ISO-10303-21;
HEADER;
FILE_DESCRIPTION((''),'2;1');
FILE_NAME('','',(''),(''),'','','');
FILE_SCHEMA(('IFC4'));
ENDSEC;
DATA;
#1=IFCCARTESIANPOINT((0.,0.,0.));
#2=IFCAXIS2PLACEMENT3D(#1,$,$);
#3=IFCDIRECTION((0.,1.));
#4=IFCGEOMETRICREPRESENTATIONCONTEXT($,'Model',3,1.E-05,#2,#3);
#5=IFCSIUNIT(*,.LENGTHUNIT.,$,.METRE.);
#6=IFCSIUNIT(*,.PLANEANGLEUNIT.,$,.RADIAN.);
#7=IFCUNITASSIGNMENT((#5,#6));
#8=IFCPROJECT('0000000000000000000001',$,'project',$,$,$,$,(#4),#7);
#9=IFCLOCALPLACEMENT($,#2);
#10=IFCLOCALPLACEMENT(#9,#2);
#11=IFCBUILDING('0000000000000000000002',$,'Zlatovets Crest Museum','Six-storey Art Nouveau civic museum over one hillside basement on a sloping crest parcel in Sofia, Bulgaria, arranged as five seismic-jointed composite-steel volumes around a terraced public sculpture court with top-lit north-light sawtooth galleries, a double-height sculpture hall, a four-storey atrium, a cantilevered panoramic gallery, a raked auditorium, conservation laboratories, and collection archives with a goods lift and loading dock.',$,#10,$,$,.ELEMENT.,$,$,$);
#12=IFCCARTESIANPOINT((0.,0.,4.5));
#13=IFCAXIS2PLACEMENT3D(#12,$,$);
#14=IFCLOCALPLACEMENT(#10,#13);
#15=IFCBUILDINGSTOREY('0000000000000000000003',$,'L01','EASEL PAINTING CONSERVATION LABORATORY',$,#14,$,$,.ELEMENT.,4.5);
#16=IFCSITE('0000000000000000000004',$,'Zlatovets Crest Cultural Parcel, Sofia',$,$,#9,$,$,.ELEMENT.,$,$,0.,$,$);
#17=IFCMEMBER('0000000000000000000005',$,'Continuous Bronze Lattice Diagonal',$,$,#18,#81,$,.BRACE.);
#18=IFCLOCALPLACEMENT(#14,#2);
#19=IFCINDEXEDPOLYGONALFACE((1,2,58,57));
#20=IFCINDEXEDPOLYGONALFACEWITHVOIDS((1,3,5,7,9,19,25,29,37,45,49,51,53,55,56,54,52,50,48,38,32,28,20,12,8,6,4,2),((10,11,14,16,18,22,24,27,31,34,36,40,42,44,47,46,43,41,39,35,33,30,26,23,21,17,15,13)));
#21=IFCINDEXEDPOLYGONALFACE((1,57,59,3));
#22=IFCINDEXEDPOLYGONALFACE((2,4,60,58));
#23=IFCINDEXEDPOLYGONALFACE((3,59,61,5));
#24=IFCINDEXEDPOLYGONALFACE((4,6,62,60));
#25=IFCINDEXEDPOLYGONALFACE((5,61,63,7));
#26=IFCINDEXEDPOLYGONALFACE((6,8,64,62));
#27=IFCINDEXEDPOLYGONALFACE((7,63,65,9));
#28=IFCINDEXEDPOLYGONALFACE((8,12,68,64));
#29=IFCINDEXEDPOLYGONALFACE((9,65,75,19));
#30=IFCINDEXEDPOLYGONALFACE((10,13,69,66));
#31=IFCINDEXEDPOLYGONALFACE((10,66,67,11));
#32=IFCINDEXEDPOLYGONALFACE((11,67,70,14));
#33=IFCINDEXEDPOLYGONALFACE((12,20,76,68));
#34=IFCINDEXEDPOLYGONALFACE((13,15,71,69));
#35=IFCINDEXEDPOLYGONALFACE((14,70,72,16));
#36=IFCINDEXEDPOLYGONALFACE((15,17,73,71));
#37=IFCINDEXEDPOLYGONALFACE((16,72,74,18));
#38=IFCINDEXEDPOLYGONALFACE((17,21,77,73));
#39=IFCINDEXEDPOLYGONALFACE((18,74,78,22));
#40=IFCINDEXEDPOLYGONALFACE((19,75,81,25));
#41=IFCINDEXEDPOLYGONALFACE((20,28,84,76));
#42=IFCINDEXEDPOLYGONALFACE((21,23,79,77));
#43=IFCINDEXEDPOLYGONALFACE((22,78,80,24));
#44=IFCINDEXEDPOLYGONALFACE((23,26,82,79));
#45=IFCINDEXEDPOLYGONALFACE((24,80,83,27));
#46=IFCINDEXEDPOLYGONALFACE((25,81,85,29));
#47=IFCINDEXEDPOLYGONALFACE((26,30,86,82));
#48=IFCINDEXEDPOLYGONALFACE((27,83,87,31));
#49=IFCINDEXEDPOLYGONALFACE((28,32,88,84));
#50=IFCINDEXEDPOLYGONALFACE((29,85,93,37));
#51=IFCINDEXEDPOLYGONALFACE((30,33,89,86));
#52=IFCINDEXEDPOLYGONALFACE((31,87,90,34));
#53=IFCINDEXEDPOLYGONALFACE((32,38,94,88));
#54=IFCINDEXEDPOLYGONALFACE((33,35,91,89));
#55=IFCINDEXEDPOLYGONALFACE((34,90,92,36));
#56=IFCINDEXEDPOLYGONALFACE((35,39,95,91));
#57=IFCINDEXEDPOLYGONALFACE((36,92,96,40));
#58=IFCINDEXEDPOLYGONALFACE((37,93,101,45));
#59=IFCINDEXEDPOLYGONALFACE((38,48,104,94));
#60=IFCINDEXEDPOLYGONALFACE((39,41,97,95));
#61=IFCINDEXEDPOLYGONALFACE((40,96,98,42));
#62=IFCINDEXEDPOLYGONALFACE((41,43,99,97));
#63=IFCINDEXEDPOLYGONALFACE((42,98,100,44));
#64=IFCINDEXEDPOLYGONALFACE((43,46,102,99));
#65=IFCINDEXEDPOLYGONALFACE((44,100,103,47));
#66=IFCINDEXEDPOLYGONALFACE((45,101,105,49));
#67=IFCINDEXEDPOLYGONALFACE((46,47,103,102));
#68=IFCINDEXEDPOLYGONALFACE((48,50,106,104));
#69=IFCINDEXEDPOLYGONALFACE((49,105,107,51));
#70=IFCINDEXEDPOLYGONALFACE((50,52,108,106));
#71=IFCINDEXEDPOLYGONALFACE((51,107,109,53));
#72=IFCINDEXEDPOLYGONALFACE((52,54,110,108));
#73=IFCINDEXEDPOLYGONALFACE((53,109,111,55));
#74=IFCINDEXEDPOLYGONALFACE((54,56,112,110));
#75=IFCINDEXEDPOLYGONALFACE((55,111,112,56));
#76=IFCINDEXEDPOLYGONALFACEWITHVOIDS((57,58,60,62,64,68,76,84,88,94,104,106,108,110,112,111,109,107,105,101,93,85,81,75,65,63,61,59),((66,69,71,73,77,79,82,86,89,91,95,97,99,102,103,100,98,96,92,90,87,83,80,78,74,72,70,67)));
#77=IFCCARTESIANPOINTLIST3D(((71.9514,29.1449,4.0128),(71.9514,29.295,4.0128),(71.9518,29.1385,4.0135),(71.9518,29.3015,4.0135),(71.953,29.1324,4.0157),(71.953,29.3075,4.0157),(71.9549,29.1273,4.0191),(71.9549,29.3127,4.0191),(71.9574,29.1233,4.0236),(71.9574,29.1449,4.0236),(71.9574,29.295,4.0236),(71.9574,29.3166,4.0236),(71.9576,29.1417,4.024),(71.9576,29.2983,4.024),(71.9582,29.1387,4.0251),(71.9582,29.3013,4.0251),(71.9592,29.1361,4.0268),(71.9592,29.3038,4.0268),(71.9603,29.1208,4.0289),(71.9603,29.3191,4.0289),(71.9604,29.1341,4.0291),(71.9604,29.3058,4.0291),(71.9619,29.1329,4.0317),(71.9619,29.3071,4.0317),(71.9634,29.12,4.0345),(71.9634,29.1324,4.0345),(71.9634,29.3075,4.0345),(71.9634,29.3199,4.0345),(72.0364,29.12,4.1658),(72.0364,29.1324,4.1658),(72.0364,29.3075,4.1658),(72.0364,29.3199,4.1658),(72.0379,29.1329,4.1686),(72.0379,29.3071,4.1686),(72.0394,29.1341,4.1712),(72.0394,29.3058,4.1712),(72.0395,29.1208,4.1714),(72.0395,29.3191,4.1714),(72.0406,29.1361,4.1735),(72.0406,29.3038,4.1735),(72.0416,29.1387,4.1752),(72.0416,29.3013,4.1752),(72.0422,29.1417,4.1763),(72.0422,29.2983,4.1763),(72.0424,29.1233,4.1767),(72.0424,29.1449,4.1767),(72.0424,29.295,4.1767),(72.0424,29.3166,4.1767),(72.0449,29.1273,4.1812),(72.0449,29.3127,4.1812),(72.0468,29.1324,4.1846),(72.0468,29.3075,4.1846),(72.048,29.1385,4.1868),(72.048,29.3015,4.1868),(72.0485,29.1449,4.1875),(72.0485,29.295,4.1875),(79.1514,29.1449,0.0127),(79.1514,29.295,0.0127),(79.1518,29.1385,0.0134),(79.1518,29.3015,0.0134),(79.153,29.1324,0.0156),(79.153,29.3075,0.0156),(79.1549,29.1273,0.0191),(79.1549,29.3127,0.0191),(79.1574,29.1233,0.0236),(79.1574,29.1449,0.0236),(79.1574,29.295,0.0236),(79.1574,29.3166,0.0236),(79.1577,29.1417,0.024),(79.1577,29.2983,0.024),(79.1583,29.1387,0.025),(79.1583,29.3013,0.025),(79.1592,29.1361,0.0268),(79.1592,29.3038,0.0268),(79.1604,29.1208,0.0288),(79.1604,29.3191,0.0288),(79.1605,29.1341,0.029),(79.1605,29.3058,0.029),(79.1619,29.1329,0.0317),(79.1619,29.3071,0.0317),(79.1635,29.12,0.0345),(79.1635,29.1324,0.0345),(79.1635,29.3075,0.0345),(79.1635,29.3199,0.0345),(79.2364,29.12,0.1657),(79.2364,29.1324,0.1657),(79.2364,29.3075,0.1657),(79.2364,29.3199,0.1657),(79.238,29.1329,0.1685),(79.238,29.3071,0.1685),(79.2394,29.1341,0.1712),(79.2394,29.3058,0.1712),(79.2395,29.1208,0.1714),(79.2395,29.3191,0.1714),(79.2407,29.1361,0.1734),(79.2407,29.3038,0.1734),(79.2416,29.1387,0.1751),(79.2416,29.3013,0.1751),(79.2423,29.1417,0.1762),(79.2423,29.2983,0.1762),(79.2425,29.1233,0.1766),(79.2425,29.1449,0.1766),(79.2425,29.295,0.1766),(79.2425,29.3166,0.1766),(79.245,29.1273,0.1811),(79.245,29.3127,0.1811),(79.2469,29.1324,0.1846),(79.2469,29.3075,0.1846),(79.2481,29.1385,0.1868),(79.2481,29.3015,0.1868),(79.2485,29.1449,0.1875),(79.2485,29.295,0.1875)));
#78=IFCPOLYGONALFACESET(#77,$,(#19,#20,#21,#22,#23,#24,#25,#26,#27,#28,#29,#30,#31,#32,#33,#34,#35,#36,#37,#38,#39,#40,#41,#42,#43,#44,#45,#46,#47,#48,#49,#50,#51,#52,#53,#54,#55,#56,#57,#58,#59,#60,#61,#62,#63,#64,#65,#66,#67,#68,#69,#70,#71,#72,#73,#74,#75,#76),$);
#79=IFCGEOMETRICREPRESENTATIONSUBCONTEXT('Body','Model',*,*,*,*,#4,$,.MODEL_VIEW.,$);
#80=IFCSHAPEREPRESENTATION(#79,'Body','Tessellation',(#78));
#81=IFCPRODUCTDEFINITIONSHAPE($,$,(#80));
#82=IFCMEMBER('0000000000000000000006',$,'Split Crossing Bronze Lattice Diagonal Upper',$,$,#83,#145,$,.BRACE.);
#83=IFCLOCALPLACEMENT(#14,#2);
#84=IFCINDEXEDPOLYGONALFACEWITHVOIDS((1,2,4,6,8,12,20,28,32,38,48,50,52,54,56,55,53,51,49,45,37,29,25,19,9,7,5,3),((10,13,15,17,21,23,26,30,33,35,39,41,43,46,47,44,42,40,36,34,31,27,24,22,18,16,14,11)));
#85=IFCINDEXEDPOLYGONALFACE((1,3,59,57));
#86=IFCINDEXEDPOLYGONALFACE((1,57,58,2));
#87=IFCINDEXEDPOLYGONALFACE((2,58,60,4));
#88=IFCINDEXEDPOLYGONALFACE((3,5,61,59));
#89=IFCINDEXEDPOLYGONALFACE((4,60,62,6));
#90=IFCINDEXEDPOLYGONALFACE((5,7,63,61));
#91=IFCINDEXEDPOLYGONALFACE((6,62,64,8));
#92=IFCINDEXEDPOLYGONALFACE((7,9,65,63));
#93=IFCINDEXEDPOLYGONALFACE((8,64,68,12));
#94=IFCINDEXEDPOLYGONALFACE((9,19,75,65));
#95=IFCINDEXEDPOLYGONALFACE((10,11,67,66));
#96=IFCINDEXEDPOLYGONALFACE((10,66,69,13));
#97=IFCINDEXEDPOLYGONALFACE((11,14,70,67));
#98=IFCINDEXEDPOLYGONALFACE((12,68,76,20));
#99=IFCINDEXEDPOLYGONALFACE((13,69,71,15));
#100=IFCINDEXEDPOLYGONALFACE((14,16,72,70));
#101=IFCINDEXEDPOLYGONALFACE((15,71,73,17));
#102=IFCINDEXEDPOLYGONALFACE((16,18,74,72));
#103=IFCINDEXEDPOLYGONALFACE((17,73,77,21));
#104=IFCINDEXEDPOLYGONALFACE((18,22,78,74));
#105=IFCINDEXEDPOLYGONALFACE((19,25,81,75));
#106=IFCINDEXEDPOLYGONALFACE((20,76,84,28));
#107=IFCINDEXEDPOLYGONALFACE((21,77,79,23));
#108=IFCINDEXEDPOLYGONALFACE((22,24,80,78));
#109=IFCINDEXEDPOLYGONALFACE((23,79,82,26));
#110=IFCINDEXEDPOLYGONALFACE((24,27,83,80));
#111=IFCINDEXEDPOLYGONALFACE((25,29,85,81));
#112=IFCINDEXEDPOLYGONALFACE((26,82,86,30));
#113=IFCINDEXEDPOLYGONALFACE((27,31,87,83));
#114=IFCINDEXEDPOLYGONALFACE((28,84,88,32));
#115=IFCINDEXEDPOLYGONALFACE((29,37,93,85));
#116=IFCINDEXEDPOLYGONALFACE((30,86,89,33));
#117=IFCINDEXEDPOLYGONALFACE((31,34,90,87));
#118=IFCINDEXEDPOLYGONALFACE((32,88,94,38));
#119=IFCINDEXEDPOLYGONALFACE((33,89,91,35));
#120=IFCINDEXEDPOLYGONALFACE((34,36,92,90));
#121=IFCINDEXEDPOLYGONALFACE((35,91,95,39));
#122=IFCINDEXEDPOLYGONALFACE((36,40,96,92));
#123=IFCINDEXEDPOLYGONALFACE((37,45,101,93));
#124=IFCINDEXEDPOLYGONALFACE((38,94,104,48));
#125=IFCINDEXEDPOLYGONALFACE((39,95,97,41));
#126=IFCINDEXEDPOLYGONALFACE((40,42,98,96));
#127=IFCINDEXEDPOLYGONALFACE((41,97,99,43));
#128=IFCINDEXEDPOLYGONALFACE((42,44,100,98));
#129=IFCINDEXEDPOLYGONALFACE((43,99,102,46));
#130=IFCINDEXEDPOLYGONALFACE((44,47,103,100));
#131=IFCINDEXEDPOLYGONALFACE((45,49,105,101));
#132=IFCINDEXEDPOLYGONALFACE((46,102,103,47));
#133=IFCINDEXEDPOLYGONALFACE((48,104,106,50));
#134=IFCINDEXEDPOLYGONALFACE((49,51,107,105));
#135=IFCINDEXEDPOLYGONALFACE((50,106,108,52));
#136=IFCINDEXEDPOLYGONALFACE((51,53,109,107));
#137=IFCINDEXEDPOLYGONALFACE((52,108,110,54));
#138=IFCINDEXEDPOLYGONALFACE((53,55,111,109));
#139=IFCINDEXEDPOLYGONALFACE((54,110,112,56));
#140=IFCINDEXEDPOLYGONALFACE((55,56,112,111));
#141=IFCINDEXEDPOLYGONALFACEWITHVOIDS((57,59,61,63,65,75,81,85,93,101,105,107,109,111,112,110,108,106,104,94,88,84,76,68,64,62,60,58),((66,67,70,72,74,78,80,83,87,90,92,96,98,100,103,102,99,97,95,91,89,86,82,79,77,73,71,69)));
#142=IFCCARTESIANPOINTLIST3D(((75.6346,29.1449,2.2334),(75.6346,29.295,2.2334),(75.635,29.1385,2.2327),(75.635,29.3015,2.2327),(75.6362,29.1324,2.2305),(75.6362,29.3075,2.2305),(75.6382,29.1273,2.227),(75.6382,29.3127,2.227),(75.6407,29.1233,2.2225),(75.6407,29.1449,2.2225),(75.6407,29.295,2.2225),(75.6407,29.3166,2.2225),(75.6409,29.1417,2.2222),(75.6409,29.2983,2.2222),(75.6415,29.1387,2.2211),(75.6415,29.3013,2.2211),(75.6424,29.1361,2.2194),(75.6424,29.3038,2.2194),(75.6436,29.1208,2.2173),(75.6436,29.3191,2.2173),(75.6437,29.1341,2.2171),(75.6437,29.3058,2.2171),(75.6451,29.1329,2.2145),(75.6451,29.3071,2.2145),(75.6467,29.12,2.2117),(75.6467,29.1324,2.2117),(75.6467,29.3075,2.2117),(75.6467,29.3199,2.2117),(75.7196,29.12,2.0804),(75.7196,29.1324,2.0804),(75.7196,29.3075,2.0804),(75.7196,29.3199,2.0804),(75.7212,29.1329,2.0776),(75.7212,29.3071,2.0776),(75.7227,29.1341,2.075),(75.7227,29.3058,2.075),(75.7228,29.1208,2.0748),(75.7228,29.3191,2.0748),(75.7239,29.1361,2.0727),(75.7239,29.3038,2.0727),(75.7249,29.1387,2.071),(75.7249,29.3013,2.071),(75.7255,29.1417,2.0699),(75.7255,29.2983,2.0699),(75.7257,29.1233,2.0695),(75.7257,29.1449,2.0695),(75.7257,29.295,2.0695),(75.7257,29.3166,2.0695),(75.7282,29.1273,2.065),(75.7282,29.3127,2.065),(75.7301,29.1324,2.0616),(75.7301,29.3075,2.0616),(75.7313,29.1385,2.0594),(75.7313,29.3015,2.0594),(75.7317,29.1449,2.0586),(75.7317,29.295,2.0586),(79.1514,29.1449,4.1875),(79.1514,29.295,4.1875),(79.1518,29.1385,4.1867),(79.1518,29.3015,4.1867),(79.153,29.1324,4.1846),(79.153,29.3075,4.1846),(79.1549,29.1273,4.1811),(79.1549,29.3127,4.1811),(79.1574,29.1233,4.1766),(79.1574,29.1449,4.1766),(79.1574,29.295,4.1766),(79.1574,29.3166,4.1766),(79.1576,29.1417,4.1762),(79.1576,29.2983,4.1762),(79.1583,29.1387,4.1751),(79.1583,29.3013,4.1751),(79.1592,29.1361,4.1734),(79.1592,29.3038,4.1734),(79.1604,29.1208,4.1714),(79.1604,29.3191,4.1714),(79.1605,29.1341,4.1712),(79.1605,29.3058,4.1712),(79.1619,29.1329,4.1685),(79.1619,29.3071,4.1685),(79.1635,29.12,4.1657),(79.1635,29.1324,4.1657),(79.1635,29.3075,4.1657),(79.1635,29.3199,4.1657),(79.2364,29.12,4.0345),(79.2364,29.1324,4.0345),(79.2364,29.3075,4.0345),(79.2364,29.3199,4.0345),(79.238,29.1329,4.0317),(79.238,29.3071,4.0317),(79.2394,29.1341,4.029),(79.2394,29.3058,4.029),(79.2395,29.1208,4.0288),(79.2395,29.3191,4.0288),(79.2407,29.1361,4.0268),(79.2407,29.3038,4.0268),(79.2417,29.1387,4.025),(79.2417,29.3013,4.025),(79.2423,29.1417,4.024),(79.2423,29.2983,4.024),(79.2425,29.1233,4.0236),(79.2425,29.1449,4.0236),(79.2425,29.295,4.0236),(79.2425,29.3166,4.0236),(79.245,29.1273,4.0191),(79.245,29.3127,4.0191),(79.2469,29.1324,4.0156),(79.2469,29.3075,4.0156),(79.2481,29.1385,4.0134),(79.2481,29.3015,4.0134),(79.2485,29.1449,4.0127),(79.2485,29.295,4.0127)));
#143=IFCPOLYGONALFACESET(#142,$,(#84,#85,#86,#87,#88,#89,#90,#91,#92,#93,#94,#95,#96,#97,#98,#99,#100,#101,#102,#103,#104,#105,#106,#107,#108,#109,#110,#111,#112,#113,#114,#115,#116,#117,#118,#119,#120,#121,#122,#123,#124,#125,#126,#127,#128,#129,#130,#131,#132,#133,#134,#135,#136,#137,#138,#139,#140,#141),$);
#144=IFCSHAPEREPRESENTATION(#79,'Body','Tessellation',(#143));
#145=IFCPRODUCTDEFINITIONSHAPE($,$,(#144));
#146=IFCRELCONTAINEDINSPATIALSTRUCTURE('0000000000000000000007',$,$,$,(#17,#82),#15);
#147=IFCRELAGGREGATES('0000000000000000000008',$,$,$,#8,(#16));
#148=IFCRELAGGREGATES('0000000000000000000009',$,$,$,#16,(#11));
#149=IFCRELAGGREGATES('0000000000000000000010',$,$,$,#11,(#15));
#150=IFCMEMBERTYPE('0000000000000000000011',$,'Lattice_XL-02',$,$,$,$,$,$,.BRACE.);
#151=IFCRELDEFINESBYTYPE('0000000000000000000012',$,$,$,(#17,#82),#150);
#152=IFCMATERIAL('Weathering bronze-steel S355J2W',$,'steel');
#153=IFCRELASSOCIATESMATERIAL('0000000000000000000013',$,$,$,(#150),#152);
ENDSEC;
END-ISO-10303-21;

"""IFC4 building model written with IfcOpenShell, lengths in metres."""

from ifc_helpers import new_model, si_unit, direction, frame, origin, origin_2d, place, context, subcontext, project, spatial, hollow_rectangle, extrude, material, material_profile, profile_set, type_object, element, save


model = new_model("IFC4")

# Units and contexts
model_context = context("Model", 3, precision=1e-05, world=origin(), true_north=direction((0.0, 1.0)))
body_context = subcontext(model_context, "Body", "Model", "MODEL_VIEW")
ifc_project = project(units=[si_unit("LENGTHUNIT", "METRE"), si_unit("PLANEANGLEUNIT", "RADIAN")], contexts=[model_context])

# Site, building, storey
site_placement = place(None, origin())
site = spatial("IfcSite", under=ifc_project, at=site_placement, Name="Zlatovets Crest Cultural Parcel, Sofia", CompositionType="ELEMENT", RefElevation=0.0)
building_placement = place(site_placement, origin())
building = spatial("IfcBuilding", under=site, at=building_placement, Name="Zlatovets Crest Museum", Description="Six-storey Art Nouveau civic museum over one hillside basement on a sloping crest parcel in Sofia, Bulgaria, arranged as five seismic-jointed composite-steel volumes around a terraced public sculpture court with top-lit north-light sawtooth galleries, a double-height sculpture hall, a four-storey atrium, a cantilevered panoramic gallery, a raked auditorium, conservation laboratories, and collection archives with a goods lift and loading dock.", CompositionType="ELEMENT")
storey_placement = place(building_placement, frame((0.0, 0.0, 4.5)))
storey = spatial("IfcBuildingStorey", under=building, at=storey_placement, Name="L01", Description="EASEL PAINTING CONSERVATION LABORATORY", CompositionType="ELEMENT", Elevation=4.5)

# Members
ifc_material_1 = material(Name="Weathering bronze-steel S355J2W", Category="steel")
ifc_material_profile_1 = material_profile(ifc_material_1, hollow_rectangle(XDim=0.2, YDim=0.2, WallThickness=0.0125, InnerFilletRadius=0.0125, OuterFilletRadius=0.0249, at=origin_2d()), Name="SHS 200x200x12.5")
ifc_profile_set_1 = profile_set([ifc_material_profile_1], Name="Weathering bronze-steel S355J2W")
member_type_1 = type_object("IfcMemberType", Name="Lattice_XL-02", PredefinedType="BRACE", material=ifc_profile_set_1)
member_1_placement = place(storey_placement, frame((79.2, 29.22, 0.1001), z_axis=(-0.874156, 0.0, 0.485645), x_axis=(0.0, -1.0, 0.0)))
element("IfcMember", 1, at=member_1_placement, inside=storey, type_object=member_type_1, Name="Continuous Bronze Lattice Diagonal", PredefinedType="BRACE", context=body_context, shape_type="SweptSolid", body=[
    extrude(hollow_rectangle(XDim=0.2, YDim=0.2, WallThickness=0.0125, InnerFilletRadius=0.0125, OuterFilletRadius=0.0249, at=origin_2d()), origin(), (0.0, 0.0, 1.0), 8.2366),
])
member_2_placement = place(storey_placement, frame((79.2, 29.22, 4.1001), z_axis=(-0.874126, 0.0, -0.4857), x_axis=(0.0, -1.0, 0.0)))
element("IfcMember", 2, at=member_2_placement, inside=storey, type_object=member_type_1, Name="Split Crossing Bronze Lattice Diagonal Upper", PredefinedType="BRACE", context=body_context, shape_type="SweptSolid", body=[
    extrude(hollow_rectangle(XDim=0.2, YDim=0.2, WallThickness=0.0125, InnerFilletRadius=0.0125, OuterFilletRadius=0.0249, at=origin_2d()), origin(), (0.0, 0.0, 1.0), 4.0232),
])

save(model, "model.ifc")
